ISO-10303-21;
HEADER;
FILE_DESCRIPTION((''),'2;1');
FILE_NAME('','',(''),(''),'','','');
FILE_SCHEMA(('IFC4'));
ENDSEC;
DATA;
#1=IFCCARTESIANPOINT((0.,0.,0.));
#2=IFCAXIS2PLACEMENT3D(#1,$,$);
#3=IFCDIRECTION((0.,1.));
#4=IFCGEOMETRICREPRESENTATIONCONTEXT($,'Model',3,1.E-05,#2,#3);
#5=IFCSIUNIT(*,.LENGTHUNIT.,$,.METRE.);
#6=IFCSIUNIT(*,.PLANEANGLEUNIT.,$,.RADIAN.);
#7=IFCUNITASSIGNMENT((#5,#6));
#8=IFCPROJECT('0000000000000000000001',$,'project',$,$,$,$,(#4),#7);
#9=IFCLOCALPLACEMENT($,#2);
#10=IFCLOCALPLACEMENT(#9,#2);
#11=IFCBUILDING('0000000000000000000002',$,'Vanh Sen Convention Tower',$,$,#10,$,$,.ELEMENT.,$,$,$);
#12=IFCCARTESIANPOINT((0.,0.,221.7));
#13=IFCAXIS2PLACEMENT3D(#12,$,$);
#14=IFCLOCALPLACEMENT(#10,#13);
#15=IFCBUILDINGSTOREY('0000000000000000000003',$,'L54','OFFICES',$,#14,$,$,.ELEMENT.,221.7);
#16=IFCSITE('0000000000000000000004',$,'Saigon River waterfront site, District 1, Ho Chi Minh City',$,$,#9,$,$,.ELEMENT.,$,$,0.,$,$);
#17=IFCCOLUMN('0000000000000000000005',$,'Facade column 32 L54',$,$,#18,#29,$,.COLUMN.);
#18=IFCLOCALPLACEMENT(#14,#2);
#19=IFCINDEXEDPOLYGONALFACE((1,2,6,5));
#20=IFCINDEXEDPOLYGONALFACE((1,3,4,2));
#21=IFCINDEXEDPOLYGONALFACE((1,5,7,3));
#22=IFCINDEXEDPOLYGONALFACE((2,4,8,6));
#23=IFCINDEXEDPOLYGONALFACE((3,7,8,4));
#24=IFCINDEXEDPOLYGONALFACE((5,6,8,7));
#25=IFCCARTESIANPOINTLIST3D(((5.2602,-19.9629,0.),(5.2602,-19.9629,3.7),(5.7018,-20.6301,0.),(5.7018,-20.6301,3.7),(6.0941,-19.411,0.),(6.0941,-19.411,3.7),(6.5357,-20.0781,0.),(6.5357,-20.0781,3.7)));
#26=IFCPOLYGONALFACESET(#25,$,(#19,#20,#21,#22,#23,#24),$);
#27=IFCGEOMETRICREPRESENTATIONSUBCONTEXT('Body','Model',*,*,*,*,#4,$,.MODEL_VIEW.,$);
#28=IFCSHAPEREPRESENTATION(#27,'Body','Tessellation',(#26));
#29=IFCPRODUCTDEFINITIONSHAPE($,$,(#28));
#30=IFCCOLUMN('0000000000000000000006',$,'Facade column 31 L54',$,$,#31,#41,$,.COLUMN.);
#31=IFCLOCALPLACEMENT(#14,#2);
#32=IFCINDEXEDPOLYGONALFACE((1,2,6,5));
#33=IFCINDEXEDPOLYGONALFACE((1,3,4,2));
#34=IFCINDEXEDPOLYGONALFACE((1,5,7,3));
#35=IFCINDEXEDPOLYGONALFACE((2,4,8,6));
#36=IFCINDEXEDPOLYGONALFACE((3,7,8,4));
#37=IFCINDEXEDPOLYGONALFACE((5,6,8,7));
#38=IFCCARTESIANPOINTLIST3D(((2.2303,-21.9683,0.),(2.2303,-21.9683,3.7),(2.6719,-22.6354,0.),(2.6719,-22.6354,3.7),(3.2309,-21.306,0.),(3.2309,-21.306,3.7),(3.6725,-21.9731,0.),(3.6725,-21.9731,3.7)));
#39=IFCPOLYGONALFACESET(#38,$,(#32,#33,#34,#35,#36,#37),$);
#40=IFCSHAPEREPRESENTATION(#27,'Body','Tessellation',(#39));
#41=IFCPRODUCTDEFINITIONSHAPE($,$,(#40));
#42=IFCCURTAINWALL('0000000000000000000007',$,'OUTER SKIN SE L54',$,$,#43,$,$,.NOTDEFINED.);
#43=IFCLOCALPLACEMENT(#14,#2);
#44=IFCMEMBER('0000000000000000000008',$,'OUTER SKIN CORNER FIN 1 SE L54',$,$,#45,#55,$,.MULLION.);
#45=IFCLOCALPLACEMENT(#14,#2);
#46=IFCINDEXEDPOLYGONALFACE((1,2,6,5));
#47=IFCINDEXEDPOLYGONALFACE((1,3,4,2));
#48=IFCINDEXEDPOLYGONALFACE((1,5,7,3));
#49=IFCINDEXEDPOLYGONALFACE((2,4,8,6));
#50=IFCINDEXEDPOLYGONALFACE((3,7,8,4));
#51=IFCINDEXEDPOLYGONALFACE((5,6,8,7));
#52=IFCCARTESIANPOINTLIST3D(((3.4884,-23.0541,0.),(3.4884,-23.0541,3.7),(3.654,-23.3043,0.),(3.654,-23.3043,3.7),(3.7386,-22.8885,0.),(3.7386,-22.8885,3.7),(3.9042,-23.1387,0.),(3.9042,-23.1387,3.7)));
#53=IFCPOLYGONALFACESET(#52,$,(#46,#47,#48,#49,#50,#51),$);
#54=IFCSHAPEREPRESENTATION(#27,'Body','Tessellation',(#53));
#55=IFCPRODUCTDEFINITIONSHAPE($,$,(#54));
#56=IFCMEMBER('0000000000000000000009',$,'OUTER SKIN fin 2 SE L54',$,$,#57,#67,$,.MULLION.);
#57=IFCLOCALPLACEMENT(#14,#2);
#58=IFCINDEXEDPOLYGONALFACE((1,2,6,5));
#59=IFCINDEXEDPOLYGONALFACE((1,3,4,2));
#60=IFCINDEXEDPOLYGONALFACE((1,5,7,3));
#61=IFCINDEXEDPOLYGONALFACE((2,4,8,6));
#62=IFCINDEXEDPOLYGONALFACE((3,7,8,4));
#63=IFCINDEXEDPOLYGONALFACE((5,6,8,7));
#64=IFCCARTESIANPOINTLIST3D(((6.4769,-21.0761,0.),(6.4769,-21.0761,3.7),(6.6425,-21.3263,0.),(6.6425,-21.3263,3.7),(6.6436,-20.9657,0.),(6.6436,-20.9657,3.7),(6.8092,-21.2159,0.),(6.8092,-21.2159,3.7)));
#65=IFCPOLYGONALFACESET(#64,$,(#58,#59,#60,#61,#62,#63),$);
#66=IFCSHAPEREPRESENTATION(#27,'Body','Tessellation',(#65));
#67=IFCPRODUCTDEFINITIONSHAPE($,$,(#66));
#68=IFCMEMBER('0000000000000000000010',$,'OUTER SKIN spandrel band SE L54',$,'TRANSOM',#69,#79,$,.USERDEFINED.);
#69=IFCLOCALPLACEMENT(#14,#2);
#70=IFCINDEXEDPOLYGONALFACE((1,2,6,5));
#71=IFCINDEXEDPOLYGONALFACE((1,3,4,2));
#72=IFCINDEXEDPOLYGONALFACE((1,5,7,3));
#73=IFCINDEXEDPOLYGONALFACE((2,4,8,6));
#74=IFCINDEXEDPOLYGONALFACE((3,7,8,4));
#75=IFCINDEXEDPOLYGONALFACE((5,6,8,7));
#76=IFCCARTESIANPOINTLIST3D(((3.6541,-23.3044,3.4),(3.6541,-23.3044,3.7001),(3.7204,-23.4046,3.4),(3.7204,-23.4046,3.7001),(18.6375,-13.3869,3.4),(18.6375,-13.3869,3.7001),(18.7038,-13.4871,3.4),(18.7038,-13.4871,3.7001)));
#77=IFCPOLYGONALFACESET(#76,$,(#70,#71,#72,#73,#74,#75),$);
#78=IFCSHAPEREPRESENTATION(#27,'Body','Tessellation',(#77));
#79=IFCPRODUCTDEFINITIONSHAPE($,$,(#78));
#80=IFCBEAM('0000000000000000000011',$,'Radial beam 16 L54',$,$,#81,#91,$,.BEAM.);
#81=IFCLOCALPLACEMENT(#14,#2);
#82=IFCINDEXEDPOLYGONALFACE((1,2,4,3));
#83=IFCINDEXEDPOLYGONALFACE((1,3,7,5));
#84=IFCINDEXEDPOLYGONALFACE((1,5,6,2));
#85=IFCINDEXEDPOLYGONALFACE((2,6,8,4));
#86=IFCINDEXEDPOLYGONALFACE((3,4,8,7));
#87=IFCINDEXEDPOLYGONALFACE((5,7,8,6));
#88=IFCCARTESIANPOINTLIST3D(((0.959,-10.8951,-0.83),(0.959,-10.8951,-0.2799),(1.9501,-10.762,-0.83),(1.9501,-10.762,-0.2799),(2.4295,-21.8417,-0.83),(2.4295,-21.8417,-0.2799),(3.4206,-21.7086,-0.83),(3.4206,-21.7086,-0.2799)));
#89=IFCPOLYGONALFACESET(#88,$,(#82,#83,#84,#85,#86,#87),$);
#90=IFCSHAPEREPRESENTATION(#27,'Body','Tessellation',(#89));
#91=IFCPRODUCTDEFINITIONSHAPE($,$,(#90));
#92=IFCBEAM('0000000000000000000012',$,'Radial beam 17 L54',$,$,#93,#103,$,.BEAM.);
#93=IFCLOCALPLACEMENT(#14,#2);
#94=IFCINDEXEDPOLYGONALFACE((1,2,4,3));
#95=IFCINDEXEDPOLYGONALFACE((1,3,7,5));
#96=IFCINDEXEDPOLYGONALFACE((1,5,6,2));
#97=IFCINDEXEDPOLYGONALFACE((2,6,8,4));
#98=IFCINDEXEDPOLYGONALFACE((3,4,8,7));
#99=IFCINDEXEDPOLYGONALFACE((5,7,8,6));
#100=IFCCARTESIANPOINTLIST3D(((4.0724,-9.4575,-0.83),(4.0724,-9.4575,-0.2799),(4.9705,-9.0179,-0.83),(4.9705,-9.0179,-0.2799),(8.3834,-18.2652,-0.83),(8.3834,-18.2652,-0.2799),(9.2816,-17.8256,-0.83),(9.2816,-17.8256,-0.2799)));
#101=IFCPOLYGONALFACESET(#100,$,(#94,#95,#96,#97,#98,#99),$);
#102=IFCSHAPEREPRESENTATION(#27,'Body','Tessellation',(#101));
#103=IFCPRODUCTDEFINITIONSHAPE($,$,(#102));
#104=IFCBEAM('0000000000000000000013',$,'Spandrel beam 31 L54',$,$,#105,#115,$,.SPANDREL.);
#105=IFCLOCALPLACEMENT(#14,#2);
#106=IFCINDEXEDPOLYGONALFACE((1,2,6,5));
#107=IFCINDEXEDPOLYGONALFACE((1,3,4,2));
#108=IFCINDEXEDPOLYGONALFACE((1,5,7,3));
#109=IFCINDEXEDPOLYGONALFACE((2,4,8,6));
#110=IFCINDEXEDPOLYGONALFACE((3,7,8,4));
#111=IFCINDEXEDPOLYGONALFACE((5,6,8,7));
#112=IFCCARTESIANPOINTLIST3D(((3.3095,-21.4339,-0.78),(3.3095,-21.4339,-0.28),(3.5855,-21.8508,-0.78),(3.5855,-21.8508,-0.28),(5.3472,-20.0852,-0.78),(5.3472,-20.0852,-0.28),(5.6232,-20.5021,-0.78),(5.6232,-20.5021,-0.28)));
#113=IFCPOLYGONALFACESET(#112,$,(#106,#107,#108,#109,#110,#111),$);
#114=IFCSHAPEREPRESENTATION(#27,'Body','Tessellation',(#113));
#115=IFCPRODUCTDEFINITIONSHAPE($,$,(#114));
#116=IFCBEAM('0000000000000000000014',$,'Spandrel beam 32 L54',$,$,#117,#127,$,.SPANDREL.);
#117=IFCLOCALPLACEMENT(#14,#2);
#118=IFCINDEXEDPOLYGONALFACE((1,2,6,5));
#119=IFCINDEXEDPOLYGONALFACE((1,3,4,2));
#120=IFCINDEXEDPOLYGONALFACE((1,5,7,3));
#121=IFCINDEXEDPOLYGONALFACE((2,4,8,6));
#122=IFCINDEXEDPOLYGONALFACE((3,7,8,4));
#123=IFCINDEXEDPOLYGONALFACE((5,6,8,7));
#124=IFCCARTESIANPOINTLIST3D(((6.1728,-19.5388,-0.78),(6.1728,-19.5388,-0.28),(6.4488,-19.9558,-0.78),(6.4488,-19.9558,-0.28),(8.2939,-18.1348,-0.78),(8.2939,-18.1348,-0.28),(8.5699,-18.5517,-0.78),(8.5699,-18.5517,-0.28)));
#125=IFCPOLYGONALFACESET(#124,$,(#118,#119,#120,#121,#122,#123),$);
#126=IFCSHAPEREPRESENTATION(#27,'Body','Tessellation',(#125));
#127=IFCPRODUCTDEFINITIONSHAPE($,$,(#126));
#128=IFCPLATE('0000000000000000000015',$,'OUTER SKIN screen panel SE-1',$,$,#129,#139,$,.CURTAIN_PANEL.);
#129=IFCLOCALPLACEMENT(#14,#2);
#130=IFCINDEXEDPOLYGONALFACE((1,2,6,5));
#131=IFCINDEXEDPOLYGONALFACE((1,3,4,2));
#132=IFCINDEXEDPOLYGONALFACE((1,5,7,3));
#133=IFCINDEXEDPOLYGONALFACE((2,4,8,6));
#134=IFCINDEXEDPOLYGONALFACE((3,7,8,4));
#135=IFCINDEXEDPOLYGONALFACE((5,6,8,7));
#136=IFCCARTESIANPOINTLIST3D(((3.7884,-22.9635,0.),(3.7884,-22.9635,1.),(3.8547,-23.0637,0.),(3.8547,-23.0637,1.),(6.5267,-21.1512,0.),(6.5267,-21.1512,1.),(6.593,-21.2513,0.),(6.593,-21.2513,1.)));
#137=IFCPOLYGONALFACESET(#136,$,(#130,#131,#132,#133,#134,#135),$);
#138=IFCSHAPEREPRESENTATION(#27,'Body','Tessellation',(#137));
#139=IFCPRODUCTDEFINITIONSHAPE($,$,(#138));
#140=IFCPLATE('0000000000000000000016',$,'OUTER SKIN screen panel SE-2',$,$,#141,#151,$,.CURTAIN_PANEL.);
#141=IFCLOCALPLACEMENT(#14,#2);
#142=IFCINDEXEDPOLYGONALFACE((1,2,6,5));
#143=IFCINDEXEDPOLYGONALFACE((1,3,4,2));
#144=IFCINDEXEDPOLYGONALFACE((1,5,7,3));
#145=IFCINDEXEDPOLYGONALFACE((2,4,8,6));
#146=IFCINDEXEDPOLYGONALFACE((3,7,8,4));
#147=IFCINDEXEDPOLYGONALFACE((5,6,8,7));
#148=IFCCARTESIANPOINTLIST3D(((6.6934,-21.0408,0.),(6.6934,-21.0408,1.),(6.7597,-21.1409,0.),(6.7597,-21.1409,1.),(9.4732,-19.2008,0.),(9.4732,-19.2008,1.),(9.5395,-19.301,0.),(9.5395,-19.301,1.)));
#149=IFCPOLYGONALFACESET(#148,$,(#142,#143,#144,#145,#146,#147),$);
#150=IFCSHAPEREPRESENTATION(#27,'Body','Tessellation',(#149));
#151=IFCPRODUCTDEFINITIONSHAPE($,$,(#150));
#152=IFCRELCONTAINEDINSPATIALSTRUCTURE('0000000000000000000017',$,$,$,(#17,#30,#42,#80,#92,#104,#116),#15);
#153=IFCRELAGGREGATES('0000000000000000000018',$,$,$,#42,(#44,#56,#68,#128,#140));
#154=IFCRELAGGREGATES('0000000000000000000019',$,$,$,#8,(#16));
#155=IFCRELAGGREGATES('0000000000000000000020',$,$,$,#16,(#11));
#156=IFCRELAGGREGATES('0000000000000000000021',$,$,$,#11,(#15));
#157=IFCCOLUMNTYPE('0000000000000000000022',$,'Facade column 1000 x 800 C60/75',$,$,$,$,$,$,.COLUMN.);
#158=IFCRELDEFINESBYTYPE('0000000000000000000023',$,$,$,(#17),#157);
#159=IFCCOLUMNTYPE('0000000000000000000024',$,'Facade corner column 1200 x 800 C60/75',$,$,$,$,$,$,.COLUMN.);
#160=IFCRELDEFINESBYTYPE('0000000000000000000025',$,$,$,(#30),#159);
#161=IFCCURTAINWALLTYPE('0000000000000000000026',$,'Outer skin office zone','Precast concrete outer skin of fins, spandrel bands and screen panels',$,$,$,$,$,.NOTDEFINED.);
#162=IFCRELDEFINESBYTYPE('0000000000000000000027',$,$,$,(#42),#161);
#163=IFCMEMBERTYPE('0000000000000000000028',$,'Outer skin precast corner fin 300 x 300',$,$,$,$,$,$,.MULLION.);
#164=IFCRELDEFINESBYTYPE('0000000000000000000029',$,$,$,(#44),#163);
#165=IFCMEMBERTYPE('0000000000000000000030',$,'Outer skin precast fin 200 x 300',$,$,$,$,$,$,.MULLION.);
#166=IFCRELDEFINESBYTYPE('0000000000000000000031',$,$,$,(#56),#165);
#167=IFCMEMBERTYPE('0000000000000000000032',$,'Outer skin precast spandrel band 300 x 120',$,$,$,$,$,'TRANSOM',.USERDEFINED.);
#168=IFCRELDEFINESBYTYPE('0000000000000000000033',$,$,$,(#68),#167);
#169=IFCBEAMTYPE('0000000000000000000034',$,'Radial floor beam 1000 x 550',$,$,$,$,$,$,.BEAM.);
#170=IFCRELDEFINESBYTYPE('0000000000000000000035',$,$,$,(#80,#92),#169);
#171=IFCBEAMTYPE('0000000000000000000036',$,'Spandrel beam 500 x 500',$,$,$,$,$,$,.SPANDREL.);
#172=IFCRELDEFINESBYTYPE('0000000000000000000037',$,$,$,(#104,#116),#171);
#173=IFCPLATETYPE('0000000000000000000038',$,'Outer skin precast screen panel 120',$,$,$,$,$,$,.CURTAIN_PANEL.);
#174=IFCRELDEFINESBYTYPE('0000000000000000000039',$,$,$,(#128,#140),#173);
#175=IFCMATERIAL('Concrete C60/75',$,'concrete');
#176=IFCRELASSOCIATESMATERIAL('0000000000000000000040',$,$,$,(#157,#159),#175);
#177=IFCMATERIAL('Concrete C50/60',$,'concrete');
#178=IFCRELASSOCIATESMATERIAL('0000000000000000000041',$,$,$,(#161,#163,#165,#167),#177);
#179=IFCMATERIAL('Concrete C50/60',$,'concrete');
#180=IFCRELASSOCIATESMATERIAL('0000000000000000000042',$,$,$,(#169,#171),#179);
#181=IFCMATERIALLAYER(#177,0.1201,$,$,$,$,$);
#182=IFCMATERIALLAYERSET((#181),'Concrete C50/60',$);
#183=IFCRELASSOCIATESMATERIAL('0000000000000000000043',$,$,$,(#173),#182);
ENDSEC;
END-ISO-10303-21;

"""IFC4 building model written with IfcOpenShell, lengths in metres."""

from ifc_helpers import new_model, si_unit, direction, frame, origin, origin_2d, place, context, subcontext, project, spatial, rectangle, extrude, material, layer, layer_set, material_profile, profile_set, type_object, element, aggregate, save


model = new_model("IFC4")

# Units and contexts
model_context = context("Model", 3, precision=1e-05, world=origin(), true_north=direction((0.0, 1.0)))
body_context = subcontext(model_context, "Body", "Model", "MODEL_VIEW")
ifc_project = project(units=[si_unit("LENGTHUNIT", "METRE"), si_unit("PLANEANGLEUNIT", "RADIAN")], contexts=[model_context])

# Site, building, storey
site_placement = place(None, origin())
site = spatial("IfcSite", under=ifc_project, at=site_placement, Name="Saigon River waterfront site, District 1, Ho Chi Minh City", CompositionType="ELEMENT", RefElevation=0.0)
building_placement = place(site_placement, origin())
building = spatial("IfcBuilding", under=site, at=building_placement, Name="Vanh Sen Convention Tower", CompositionType="ELEMENT")
storey_placement = place(building_placement, frame((0.0, 0.0, 221.7)))
storey = spatial("IfcBuildingStorey", under=building, at=storey_placement, Name="L54", Description="OFFICES", CompositionType="ELEMENT", Elevation=221.7)

# Columns
ifc_material_1 = material(Name="Concrete C60/75", Category="concrete")
ifc_material_profile_1 = material_profile(ifc_material_1, rectangle(XDim=1.0, YDim=0.8, at=origin_2d()), Name="RC 1000X800")
ifc_profile_set_1 = profile_set([ifc_material_profile_1], Name="Concrete C60/75")
column_type_1 = type_object("IfcColumnType", Name="Facade column 1000 x 800 C60/75", PredefinedType="COLUMN", material=ifc_profile_set_1)
column_1_placement = place(storey_placement, frame((5.8979, -20.0205, 0.0), z_axis=(0.0, 0.0, 1.0), x_axis=(0.833886, 0.551937, 0.0)))
element("IfcColumn", 1, at=column_1_placement, inside=storey, type_object=column_type_1, Name="Facade column 32 L54", PredefinedType="COLUMN", context=body_context, shape_type="SweptSolid", body=[
    extrude(rectangle(XDim=1.0, YDim=0.8, at=origin_2d()), origin(), (0.0, 0.0, 1.0), 3.7),
])
ifc_material_profile_2 = material_profile(ifc_material_1, rectangle(XDim=1.2, YDim=0.8, at=origin_2d()), Name="RC 1200X800")
ifc_profile_set_2 = profile_set([ifc_material_profile_2], Name="Concrete C60/75")
column_type_2 = type_object("IfcColumnType", Name="Facade corner column 1200 x 800 C60/75", PredefinedType="COLUMN", material=ifc_profile_set_2)
column_2_placement = place(storey_placement, frame((2.9514, -21.9707, 0.0), z_axis=(0.0, 0.0, 1.0), x_axis=(0.833886, 0.551937, 0.0)))
element("IfcColumn", 2, at=column_2_placement, inside=storey, type_object=column_type_2, Name="Facade column 31 L54", PredefinedType="COLUMN", context=body_context, shape_type="SweptSolid", body=[
    extrude(rectangle(XDim=1.2, YDim=0.8, at=origin_2d()), origin(), (0.0, 0.0, 1.0), 3.7),
])

# Curtain wall, members
ifc_material_2 = material(Name="Concrete C50/60", Category="concrete")
curtain_wall_type = type_object("IfcCurtainWallType", Name="Outer skin office zone", Description="Precast concrete outer skin of fins, spandrel bands and screen panels", PredefinedType="NOTDEFINED", material=ifc_material_2)
curtain_wall_placement = place(storey_placement, origin())
curtain_wall = element("IfcCurtainWall", 3, at=curtain_wall_placement, inside=storey, type_object=curtain_wall_type, Name="OUTER SKIN SE L54", PredefinedType="NOTDEFINED")
ifc_material_profile_3 = material_profile(ifc_material_2, rectangle(XDim=0.3, YDim=0.3, at=origin_2d()), Name="Outer skin precast corner fin 300 x 300")
ifc_profile_set_3 = profile_set([ifc_material_profile_3], Name="Concrete C50/60")
member_type_1 = type_object("IfcMemberType", Name="Outer skin precast corner fin 300 x 300", PredefinedType="MULLION", material=ifc_profile_set_3)
member_1_placement = place(storey_placement, frame((3.6963, -23.0964, 0.0), z_axis=(0.0, 0.0, 1.0), x_axis=(0.833886, 0.551937, 0.0)))
member_1 = element("IfcMember", 4, at=member_1_placement, type_object=member_type_1, Name="OUTER SKIN CORNER FIN 1 SE L54", PredefinedType="MULLION", context=body_context, shape_type="SweptSolid", body=[
    extrude(rectangle(XDim=0.3, YDim=0.3, at=origin_2d()), origin(), (0.0, 0.0, 1.0), 3.7),
])
ifc_material_profile_4 = material_profile(ifc_material_2, rectangle(XDim=0.2, YDim=0.3, at=origin_2d()), Name="Outer skin precast fin 200 x 300")
ifc_profile_set_4 = profile_set([ifc_material_profile_4], Name="Concrete C50/60")
member_type_2 = type_object("IfcMemberType", Name="Outer skin precast fin 200 x 300", PredefinedType="MULLION", material=ifc_profile_set_4)
member_2_placement = place(storey_placement, frame((6.6431, -21.146, 0.0), z_axis=(0.0, 0.0, 1.0), x_axis=(0.833886, 0.551937, 0.0)))
member_2 = element("IfcMember", 5, at=member_2_placement, type_object=member_type_2, Name="OUTER SKIN fin 2 SE L54", PredefinedType="MULLION", context=body_context, shape_type="SweptSolid", body=[
    extrude(rectangle(XDim=0.2, YDim=0.3, at=origin_2d()), origin(), (0.0, 0.0, 1.0), 3.7),
])
ifc_material_profile_5 = material_profile(ifc_material_2, rectangle(XDim=0.1201, YDim=0.3, at=origin_2d()), Name="Outer skin precast spandrel band 300 x 120")
ifc_profile_set_5 = profile_set([ifc_material_profile_5], Name="Concrete C50/60")
member_type_3 = type_object("IfcMemberType", Name="Outer skin precast spandrel band 300 x 120", ElementType="TRANSOM", PredefinedType="USERDEFINED", material=ifc_profile_set_5)
member_3_placement = place(storey_placement, frame((3.6873, -23.3545, 3.55), z_axis=(0.833881, 0.551944, 0.0), x_axis=(-0.551944, 0.833881, 0.0)))
member_3 = element("IfcMember", 6, at=member_3_placement, type_object=member_type_3, Name="OUTER SKIN spandrel band SE L54", ObjectType="TRANSOM", PredefinedType="USERDEFINED", context=body_context, shape_type="SweptSolid", body=[
    extrude(rectangle(XDim=0.1201, YDim=0.3, at=origin_2d()), origin(), (0.0, 0.0, 1.0), 17.9683),
])

# Beams
ifc_material_3 = material(Name="Concrete C50/60", Category="concrete")
ifc_material_profile_6 = material_profile(ifc_material_3, rectangle(XDim=1.0, YDim=0.55, at=origin_2d()), Name="RC 1000X550")
ifc_profile_set_6 = profile_set([ifc_material_profile_6], Name="Concrete C50/60")
beam_type_1 = type_object("IfcBeamType", Name="Radial floor beam 1000 x 550", PredefinedType="BEAM", material=ifc_profile_set_6)
beam_1_placement = place(storey_placement, frame((2.925, -21.7751, -0.5549), z_axis=(-0.133135, 0.991098, 0.0), x_axis=(-0.991098, -0.133135, 0.0)))
element("IfcBeam", 7, at=beam_1_placement, inside=storey, type_object=beam_type_1, Name="Radial beam 16 L54", PredefinedType="BEAM", context=body_context, shape_type="SweptSolid", body=[
    extrude(rectangle(XDim=1.0, YDim=0.55, at=origin_2d()), origin(), (0.0, 0.0, 1.0), 11.0449),
])
beam_2_placement = place(storey_placement, frame((8.8325, -18.0454, -0.5549), z_axis=(-0.439629, 0.898179, 0.0), x_axis=(-0.898179, -0.439629, 0.0)))
element("IfcBeam", 8, at=beam_2_placement, inside=storey, type_object=beam_type_1, Name="Radial beam 17 L54", PredefinedType="BEAM", context=body_context, shape_type="SweptSolid", body=[
    extrude(rectangle(XDim=1.0, YDim=0.55, at=origin_2d()), origin(), (0.0, 0.0, 1.0), 9.8062),
])
ifc_material_profile_7 = material_profile(ifc_material_3, rectangle(XDim=0.5, YDim=0.5, at=origin_2d()), Name="RC 500X500")
ifc_profile_set_7 = profile_set([ifc_material_profile_7], Name="Concrete C50/60")
beam_type_2 = type_object("IfcBeamType", Name="Spandrel beam 500 x 500", PredefinedType="SPANDREL", material=ifc_profile_set_7)
beam_3_placement = place(storey_placement, frame((3.4475, -21.6423, -0.53), z_axis=(0.83389, 0.55193, 0.0), x_axis=(-0.55193, 0.83389, 0.0)))
element("IfcBeam", 9, at=beam_3_placement, inside=storey, type_object=beam_type_2, Name="Spandrel beam 31 L54", PredefinedType="SPANDREL", context=body_context, shape_type="SweptSolid", body=[
    extrude(rectangle(XDim=0.5, YDim=0.5, at=origin_2d()), origin(), (0.0, 0.0, 1.0), 2.4436),
])
beam_4_placement = place(storey_placement, frame((6.3108, -19.7473, -0.53), z_axis=(0.833862, 0.551973, 0.0), x_axis=(-0.551973, 0.833862, 0.0)))
element("IfcBeam", 10, at=beam_4_placement, inside=storey, type_object=beam_type_2, Name="Spandrel beam 32 L54", PredefinedType="SPANDREL", context=body_context, shape_type="SweptSolid", body=[
    extrude(rectangle(XDim=0.5, YDim=0.5, at=origin_2d()), origin(), (0.0, 0.0, 1.0), 2.5437),
])

# Plates
ifc_layer_1 = layer(ifc_material_2, 0.1201)
ifc_layer_set_1 = layer_set([ifc_layer_1], Name="Concrete C50/60")
plate_type = type_object("IfcPlateType", Name="Outer skin precast screen panel 120", PredefinedType="CURTAIN_PANEL", material=ifc_layer_set_1)
plate_1_placement = place(storey_placement, frame((5.1907, -22.1074, 0.0), z_axis=(0.0, 0.0, 1.0), x_axis=(0.833896, 0.551921, 0.0)))
plate_1 = element("IfcPlate", 11, at=plate_1_placement, type_object=plate_type, Name="OUTER SKIN screen panel SE-1", PredefinedType="CURTAIN_PANEL", context=body_context, shape_type="SweptSolid", body=[
    extrude(rectangle(XDim=3.2837, YDim=0.1201, at=origin_2d()), origin(), (0.0, 0.0, 1.0), 1.0),
])
plate_2_placement = place(storey_placement, frame((8.1165, -20.1709, 0.0), z_axis=(0.0, 0.0, 1.0), x_axis=(0.833874, 0.551954, 0.0)))
plate_2 = element("IfcPlate", 12, at=plate_2_placement, type_object=plate_type, Name="OUTER SKIN screen panel SE-2", PredefinedType="CURTAIN_PANEL", context=body_context, shape_type="SweptSolid", body=[
    extrude(rectangle(XDim=3.3335, YDim=0.1201, at=origin_2d()), origin(), (0.0, 0.0, 1.0), 1.0),
])
aggregate(curtain_wall, [member_1, member_2, member_3, plate_1, plate_2])

save(model, "model.ifc")
